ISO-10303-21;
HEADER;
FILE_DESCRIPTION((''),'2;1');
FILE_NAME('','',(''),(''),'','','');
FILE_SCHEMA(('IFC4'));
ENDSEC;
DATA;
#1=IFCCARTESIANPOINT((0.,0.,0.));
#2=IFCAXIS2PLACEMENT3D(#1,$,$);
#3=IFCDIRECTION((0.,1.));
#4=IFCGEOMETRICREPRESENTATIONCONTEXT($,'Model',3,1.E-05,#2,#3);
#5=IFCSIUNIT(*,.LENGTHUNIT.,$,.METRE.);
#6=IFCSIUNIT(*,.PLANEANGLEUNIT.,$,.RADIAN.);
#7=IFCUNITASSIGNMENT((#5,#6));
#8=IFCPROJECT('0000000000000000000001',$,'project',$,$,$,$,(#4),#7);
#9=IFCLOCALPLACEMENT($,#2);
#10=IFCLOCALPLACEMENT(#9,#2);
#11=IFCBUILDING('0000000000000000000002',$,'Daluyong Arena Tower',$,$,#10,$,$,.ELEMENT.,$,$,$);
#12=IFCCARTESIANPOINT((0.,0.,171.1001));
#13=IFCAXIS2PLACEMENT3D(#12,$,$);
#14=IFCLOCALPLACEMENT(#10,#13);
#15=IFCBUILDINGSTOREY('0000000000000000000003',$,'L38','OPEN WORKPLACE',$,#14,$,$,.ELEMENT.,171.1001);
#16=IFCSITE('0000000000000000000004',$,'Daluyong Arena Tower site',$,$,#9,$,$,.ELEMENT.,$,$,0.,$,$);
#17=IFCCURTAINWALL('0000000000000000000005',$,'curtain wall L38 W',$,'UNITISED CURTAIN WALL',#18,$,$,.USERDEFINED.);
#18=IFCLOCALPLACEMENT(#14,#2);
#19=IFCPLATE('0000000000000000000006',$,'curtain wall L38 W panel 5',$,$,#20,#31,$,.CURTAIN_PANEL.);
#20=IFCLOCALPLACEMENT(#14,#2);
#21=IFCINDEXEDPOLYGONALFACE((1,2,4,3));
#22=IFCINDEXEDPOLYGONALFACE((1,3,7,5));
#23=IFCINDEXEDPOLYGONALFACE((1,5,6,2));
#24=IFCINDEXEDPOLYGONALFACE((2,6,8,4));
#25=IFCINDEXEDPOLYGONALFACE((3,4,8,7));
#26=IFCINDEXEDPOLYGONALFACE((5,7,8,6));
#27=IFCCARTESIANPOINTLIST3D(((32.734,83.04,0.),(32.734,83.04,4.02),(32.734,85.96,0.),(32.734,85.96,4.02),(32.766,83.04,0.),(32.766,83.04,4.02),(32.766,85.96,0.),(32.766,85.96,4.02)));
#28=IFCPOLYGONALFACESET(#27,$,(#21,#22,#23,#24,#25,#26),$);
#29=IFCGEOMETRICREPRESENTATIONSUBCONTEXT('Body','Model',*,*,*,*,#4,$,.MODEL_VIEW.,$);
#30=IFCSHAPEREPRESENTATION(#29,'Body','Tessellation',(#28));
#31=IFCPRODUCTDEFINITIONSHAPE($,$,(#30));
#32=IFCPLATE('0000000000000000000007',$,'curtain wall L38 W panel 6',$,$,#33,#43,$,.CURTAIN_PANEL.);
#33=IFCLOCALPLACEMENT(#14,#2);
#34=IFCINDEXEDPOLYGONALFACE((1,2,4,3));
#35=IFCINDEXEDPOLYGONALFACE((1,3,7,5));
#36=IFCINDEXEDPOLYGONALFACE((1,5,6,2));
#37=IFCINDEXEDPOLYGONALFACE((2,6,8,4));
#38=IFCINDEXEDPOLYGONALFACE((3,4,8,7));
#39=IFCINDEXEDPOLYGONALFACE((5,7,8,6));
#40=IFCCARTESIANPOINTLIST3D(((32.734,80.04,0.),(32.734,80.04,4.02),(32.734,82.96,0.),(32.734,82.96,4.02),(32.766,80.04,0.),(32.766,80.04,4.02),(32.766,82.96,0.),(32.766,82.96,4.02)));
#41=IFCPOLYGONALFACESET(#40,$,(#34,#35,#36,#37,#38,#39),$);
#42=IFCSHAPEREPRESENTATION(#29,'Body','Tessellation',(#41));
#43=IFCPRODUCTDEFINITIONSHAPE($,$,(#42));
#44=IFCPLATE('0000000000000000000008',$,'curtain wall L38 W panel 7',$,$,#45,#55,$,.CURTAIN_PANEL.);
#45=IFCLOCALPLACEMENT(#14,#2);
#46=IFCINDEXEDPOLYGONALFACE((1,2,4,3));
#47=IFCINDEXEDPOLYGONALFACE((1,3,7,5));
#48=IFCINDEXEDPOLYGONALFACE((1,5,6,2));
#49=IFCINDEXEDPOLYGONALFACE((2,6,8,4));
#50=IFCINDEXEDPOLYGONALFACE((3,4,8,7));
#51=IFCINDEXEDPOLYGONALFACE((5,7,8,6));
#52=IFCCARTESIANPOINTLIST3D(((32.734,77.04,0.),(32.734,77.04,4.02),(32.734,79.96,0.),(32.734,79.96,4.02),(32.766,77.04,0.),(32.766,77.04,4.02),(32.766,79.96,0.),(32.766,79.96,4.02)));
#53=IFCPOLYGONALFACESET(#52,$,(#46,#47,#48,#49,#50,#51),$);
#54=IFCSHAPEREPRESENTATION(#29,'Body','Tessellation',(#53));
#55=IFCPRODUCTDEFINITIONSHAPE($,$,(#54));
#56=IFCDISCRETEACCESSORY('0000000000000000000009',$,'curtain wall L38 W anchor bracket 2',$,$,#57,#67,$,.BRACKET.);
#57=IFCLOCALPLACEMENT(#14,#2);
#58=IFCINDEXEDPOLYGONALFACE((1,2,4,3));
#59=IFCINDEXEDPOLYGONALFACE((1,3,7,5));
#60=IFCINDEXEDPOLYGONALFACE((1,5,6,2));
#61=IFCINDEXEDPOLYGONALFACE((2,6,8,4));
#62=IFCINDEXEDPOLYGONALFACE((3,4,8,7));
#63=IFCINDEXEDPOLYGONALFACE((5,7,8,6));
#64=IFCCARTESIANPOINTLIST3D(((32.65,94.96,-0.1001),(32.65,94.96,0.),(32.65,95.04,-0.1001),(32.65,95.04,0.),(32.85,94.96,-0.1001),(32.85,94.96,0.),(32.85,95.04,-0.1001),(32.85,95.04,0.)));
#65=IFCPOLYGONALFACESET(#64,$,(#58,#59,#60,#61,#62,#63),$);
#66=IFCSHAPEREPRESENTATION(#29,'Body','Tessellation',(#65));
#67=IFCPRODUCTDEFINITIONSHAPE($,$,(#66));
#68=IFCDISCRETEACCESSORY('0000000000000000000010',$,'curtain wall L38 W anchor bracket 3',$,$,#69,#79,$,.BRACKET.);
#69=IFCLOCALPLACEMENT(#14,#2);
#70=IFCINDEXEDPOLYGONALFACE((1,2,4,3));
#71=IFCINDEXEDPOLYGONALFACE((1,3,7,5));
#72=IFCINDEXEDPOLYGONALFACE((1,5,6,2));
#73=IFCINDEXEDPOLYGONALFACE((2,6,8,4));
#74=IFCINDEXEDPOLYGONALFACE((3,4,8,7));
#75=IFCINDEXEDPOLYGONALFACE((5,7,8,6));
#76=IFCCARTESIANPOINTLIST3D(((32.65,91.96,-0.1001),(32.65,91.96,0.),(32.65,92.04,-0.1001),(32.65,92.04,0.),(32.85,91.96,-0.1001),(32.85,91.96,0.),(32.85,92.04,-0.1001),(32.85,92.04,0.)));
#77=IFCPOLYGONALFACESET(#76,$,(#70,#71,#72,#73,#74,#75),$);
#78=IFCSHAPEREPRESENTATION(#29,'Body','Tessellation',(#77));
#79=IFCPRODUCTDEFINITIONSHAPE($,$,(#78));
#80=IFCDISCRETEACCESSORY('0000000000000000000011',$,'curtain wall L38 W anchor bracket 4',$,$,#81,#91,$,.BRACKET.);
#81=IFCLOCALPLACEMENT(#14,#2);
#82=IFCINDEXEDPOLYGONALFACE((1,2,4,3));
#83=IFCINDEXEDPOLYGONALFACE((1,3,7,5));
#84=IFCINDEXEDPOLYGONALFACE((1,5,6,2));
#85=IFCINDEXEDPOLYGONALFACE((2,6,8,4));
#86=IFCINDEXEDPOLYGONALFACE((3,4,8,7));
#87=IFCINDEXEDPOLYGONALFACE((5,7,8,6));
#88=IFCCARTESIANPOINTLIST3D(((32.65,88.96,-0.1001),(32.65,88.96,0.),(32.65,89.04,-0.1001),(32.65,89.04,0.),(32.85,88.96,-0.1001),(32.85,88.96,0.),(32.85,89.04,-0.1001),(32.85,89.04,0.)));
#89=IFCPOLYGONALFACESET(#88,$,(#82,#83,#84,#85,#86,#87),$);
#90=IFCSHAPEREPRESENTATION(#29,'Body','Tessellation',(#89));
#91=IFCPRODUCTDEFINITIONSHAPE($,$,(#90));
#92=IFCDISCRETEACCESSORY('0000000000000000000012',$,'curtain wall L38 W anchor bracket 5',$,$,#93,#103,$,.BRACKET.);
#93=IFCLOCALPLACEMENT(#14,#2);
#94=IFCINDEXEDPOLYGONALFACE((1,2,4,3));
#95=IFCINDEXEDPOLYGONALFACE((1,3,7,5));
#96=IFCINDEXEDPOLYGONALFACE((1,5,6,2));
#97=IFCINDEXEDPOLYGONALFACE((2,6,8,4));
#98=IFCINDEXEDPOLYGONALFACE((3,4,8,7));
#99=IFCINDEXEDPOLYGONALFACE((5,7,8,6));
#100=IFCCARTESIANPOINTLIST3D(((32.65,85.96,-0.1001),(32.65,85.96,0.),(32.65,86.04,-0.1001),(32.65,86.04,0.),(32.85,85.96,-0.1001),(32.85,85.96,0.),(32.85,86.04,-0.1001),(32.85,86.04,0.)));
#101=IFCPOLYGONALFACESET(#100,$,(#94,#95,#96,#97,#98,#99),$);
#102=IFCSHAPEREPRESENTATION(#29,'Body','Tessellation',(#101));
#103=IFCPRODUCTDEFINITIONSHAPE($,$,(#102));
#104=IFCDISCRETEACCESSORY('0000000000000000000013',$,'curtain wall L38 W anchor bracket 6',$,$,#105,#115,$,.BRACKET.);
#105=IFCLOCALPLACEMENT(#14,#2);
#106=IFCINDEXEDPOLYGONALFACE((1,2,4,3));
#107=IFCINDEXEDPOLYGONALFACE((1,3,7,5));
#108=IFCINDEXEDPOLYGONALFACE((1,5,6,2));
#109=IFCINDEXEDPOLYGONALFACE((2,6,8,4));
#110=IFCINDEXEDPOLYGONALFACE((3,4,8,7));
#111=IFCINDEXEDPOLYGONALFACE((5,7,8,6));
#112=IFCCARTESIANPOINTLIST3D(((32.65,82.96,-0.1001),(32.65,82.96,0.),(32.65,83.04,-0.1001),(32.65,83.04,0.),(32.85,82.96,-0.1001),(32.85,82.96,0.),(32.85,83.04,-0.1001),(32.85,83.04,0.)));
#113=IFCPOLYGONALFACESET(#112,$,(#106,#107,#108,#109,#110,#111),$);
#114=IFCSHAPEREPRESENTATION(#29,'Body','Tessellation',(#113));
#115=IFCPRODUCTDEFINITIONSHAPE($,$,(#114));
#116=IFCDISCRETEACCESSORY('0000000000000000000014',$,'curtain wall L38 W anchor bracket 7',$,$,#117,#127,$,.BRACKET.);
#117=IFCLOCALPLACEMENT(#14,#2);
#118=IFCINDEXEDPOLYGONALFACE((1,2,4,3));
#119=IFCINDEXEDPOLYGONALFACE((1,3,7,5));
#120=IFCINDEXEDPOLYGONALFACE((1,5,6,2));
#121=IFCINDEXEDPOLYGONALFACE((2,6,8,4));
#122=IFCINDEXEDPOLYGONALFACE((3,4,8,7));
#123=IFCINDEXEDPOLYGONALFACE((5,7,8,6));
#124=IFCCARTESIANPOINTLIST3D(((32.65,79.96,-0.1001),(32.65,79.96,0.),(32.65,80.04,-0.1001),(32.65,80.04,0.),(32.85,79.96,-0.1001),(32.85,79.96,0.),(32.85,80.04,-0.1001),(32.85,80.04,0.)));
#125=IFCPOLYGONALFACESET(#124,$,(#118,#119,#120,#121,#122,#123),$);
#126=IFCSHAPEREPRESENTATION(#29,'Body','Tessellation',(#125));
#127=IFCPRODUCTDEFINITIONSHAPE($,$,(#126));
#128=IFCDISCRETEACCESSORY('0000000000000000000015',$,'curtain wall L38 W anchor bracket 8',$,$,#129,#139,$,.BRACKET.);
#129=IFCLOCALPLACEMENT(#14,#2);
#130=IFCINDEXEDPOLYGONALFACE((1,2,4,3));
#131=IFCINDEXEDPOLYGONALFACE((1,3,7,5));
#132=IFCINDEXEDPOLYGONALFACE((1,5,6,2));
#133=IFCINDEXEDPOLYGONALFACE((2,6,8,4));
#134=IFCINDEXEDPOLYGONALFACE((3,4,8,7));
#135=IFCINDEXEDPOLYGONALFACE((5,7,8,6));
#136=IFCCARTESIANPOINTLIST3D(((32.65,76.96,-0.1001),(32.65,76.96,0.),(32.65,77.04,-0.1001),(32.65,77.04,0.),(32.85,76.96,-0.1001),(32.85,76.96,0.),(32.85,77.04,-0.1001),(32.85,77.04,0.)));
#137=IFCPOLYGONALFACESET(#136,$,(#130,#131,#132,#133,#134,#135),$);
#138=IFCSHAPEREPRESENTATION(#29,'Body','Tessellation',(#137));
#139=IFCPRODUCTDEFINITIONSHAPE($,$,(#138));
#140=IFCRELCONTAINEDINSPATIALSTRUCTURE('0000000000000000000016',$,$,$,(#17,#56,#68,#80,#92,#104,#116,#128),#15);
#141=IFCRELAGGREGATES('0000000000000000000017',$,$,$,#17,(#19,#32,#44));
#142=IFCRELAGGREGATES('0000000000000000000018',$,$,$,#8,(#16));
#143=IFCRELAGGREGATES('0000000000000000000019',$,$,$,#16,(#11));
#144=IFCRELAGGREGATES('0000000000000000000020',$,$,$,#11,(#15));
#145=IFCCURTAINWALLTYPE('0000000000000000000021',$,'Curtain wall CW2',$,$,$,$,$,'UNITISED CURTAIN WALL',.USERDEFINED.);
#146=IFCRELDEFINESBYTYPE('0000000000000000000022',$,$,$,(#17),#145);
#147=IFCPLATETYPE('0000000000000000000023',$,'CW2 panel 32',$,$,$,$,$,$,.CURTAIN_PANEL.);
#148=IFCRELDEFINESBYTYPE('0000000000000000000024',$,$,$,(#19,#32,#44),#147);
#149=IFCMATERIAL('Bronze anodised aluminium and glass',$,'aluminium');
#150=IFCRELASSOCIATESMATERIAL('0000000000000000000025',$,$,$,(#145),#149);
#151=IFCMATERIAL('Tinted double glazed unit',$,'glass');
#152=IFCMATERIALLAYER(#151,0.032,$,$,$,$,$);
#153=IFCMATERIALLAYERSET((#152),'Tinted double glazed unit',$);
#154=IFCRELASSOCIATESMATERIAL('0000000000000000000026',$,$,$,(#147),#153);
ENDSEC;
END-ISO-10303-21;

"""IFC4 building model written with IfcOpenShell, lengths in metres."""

from ifc_helpers import new_model, si_unit, direction, frame, origin, origin_2d, place, context, subcontext, project, spatial, rectangle, extrude, material, layer, layer_set, type_object, element, aggregate, save


model = new_model("IFC4")

# Units and contexts
model_context = context("Model", 3, precision=1e-05, world=origin(), true_north=direction((0.0, 1.0)))
body_context = subcontext(model_context, "Body", "Model", "MODEL_VIEW")
ifc_project = project(units=[si_unit("LENGTHUNIT", "METRE"), si_unit("PLANEANGLEUNIT", "RADIAN")], contexts=[model_context])

# Site, building, storey
site_placement = place(None, origin())
site = spatial("IfcSite", under=ifc_project, at=site_placement, Name="Daluyong Arena Tower site", CompositionType="ELEMENT", RefElevation=0.0)
building_placement = place(site_placement, origin())
building = spatial("IfcBuilding", under=site, at=building_placement, Name="Daluyong Arena Tower", CompositionType="ELEMENT")
storey_placement = place(building_placement, frame((0.0, 0.0, 171.1001)))
storey = spatial("IfcBuildingStorey", under=building, at=storey_placement, Name="L38", Description="OPEN WORKPLACE", CompositionType="ELEMENT", Elevation=171.1001)

# Curtain wall
ifc_material_1 = material(Name="Bronze anodised aluminium and glass", Category="aluminium")
curtain_wall_type = type_object("IfcCurtainWallType", Name="Curtain wall CW2", ElementType="UNITISED CURTAIN WALL", PredefinedType="USERDEFINED", material=ifc_material_1)
curtain_wall_placement = place(storey_placement, origin())
curtain_wall = element("IfcCurtainWall", 1, at=curtain_wall_placement, inside=storey, type_object=curtain_wall_type, Name="curtain wall L38 W", ObjectType="UNITISED CURTAIN WALL", PredefinedType="USERDEFINED")

# Plates
ifc_material_2 = material(Name="Tinted double glazed unit", Category="glass")
ifc_layer = layer(ifc_material_2, 0.032)
ifc_layer_set = layer_set([ifc_layer], Name="Tinted double glazed unit")
plate_type = type_object("IfcPlateType", Name="CW2 panel 32", PredefinedType="CURTAIN_PANEL", material=ifc_layer_set)
plate_1_placement = place(storey_placement, frame((32.75, 84.5, 0.0), z_axis=(0.0, 0.0, 1.0), x_axis=(0.0, -1.0, 0.0)))
plate_1 = element("IfcPlate", 2, at=plate_1_placement, type_object=plate_type, Name="curtain wall L38 W panel 5", PredefinedType="CURTAIN_PANEL", context=body_context, shape_type="SweptSolid", body=[
    extrude(rectangle(XDim=2.9199, YDim=0.032, at=origin_2d()), origin(), (0.0, 0.0, 1.0), 4.02),
])
plate_2_placement = place(storey_placement, frame((32.75, 81.5, 0.0), z_axis=(0.0, 0.0, 1.0), x_axis=(0.0, -1.0, 0.0)))
plate_2 = element("IfcPlate", 3, at=plate_2_placement, type_object=plate_type, Name="curtain wall L38 W panel 6", PredefinedType="CURTAIN_PANEL", context=body_context, shape_type="SweptSolid", body=[
    extrude(rectangle(XDim=2.9199, YDim=0.032, at=origin_2d()), origin(), (0.0, 0.0, 1.0), 4.02),
])
plate_3_placement = place(storey_placement, frame((32.75, 78.5, 0.0), z_axis=(0.0, 0.0, 1.0), x_axis=(0.0, -1.0, 0.0)))
plate_3 = element("IfcPlate", 4, at=plate_3_placement, type_object=plate_type, Name="curtain wall L38 W panel 7", PredefinedType="CURTAIN_PANEL", context=body_context, shape_type="SweptSolid", body=[
    extrude(rectangle(XDim=2.9199, YDim=0.032, at=origin_2d()), origin(), (0.0, 0.0, 1.0), 4.02),
])
aggregate(curtain_wall, [plate_1, plate_2, plate_3])

# Discrete accessories
for number, where, z_axis, x_axis, name in (
    (5, (32.75, 95.0, -0.1001), (0.0, 0.0, 1.0), (0.0, -1.0, 0.0), "curtain wall L38 W anchor bracket 2"),
    (6, (32.75, 92.0, -0.1001), (0.0, 0.0, 1.0), (0.0, -1.0, 0.0), "curtain wall L38 W anchor bracket 3"),
    (7, (32.75, 89.0, -0.1001), (0.0, 0.0, 1.0), (0.0, -1.0, 0.0), "curtain wall L38 W anchor bracket 4"),
    (8, (32.75, 86.0, -0.1001), (0.0, 0.0, 1.0), (0.0, -1.0, 0.0), "curtain wall L38 W anchor bracket 5"),
    (9, (32.75, 83.0, -0.1001), (0.0, 0.0, 1.0), (0.0, -1.0, 0.0), "curtain wall L38 W anchor bracket 6"),
    (10, (32.75, 80.0, -0.1001), (0.0, 0.0, 1.0), (0.0, -1.0, 0.0), "curtain wall L38 W anchor bracket 7"),
    (11, (32.75, 77.0, -0.1001), (0.0, 0.0, 1.0), (0.0, -1.0, 0.0), "curtain wall L38 W anchor bracket 8"),
):
    element("IfcDiscreteAccessory", number, at=place(storey_placement, frame(where, z_axis=z_axis, x_axis=x_axis)), inside=storey, Name=name, PredefinedType="BRACKET", context=body_context, shape_type="SweptSolid", body=[
        extrude(rectangle(XDim=0.0801, YDim=0.2, at=origin_2d()), origin(), (0.0, 0.0, 1.0), 0.1001),
    ])

save(model, "model.ifc")
